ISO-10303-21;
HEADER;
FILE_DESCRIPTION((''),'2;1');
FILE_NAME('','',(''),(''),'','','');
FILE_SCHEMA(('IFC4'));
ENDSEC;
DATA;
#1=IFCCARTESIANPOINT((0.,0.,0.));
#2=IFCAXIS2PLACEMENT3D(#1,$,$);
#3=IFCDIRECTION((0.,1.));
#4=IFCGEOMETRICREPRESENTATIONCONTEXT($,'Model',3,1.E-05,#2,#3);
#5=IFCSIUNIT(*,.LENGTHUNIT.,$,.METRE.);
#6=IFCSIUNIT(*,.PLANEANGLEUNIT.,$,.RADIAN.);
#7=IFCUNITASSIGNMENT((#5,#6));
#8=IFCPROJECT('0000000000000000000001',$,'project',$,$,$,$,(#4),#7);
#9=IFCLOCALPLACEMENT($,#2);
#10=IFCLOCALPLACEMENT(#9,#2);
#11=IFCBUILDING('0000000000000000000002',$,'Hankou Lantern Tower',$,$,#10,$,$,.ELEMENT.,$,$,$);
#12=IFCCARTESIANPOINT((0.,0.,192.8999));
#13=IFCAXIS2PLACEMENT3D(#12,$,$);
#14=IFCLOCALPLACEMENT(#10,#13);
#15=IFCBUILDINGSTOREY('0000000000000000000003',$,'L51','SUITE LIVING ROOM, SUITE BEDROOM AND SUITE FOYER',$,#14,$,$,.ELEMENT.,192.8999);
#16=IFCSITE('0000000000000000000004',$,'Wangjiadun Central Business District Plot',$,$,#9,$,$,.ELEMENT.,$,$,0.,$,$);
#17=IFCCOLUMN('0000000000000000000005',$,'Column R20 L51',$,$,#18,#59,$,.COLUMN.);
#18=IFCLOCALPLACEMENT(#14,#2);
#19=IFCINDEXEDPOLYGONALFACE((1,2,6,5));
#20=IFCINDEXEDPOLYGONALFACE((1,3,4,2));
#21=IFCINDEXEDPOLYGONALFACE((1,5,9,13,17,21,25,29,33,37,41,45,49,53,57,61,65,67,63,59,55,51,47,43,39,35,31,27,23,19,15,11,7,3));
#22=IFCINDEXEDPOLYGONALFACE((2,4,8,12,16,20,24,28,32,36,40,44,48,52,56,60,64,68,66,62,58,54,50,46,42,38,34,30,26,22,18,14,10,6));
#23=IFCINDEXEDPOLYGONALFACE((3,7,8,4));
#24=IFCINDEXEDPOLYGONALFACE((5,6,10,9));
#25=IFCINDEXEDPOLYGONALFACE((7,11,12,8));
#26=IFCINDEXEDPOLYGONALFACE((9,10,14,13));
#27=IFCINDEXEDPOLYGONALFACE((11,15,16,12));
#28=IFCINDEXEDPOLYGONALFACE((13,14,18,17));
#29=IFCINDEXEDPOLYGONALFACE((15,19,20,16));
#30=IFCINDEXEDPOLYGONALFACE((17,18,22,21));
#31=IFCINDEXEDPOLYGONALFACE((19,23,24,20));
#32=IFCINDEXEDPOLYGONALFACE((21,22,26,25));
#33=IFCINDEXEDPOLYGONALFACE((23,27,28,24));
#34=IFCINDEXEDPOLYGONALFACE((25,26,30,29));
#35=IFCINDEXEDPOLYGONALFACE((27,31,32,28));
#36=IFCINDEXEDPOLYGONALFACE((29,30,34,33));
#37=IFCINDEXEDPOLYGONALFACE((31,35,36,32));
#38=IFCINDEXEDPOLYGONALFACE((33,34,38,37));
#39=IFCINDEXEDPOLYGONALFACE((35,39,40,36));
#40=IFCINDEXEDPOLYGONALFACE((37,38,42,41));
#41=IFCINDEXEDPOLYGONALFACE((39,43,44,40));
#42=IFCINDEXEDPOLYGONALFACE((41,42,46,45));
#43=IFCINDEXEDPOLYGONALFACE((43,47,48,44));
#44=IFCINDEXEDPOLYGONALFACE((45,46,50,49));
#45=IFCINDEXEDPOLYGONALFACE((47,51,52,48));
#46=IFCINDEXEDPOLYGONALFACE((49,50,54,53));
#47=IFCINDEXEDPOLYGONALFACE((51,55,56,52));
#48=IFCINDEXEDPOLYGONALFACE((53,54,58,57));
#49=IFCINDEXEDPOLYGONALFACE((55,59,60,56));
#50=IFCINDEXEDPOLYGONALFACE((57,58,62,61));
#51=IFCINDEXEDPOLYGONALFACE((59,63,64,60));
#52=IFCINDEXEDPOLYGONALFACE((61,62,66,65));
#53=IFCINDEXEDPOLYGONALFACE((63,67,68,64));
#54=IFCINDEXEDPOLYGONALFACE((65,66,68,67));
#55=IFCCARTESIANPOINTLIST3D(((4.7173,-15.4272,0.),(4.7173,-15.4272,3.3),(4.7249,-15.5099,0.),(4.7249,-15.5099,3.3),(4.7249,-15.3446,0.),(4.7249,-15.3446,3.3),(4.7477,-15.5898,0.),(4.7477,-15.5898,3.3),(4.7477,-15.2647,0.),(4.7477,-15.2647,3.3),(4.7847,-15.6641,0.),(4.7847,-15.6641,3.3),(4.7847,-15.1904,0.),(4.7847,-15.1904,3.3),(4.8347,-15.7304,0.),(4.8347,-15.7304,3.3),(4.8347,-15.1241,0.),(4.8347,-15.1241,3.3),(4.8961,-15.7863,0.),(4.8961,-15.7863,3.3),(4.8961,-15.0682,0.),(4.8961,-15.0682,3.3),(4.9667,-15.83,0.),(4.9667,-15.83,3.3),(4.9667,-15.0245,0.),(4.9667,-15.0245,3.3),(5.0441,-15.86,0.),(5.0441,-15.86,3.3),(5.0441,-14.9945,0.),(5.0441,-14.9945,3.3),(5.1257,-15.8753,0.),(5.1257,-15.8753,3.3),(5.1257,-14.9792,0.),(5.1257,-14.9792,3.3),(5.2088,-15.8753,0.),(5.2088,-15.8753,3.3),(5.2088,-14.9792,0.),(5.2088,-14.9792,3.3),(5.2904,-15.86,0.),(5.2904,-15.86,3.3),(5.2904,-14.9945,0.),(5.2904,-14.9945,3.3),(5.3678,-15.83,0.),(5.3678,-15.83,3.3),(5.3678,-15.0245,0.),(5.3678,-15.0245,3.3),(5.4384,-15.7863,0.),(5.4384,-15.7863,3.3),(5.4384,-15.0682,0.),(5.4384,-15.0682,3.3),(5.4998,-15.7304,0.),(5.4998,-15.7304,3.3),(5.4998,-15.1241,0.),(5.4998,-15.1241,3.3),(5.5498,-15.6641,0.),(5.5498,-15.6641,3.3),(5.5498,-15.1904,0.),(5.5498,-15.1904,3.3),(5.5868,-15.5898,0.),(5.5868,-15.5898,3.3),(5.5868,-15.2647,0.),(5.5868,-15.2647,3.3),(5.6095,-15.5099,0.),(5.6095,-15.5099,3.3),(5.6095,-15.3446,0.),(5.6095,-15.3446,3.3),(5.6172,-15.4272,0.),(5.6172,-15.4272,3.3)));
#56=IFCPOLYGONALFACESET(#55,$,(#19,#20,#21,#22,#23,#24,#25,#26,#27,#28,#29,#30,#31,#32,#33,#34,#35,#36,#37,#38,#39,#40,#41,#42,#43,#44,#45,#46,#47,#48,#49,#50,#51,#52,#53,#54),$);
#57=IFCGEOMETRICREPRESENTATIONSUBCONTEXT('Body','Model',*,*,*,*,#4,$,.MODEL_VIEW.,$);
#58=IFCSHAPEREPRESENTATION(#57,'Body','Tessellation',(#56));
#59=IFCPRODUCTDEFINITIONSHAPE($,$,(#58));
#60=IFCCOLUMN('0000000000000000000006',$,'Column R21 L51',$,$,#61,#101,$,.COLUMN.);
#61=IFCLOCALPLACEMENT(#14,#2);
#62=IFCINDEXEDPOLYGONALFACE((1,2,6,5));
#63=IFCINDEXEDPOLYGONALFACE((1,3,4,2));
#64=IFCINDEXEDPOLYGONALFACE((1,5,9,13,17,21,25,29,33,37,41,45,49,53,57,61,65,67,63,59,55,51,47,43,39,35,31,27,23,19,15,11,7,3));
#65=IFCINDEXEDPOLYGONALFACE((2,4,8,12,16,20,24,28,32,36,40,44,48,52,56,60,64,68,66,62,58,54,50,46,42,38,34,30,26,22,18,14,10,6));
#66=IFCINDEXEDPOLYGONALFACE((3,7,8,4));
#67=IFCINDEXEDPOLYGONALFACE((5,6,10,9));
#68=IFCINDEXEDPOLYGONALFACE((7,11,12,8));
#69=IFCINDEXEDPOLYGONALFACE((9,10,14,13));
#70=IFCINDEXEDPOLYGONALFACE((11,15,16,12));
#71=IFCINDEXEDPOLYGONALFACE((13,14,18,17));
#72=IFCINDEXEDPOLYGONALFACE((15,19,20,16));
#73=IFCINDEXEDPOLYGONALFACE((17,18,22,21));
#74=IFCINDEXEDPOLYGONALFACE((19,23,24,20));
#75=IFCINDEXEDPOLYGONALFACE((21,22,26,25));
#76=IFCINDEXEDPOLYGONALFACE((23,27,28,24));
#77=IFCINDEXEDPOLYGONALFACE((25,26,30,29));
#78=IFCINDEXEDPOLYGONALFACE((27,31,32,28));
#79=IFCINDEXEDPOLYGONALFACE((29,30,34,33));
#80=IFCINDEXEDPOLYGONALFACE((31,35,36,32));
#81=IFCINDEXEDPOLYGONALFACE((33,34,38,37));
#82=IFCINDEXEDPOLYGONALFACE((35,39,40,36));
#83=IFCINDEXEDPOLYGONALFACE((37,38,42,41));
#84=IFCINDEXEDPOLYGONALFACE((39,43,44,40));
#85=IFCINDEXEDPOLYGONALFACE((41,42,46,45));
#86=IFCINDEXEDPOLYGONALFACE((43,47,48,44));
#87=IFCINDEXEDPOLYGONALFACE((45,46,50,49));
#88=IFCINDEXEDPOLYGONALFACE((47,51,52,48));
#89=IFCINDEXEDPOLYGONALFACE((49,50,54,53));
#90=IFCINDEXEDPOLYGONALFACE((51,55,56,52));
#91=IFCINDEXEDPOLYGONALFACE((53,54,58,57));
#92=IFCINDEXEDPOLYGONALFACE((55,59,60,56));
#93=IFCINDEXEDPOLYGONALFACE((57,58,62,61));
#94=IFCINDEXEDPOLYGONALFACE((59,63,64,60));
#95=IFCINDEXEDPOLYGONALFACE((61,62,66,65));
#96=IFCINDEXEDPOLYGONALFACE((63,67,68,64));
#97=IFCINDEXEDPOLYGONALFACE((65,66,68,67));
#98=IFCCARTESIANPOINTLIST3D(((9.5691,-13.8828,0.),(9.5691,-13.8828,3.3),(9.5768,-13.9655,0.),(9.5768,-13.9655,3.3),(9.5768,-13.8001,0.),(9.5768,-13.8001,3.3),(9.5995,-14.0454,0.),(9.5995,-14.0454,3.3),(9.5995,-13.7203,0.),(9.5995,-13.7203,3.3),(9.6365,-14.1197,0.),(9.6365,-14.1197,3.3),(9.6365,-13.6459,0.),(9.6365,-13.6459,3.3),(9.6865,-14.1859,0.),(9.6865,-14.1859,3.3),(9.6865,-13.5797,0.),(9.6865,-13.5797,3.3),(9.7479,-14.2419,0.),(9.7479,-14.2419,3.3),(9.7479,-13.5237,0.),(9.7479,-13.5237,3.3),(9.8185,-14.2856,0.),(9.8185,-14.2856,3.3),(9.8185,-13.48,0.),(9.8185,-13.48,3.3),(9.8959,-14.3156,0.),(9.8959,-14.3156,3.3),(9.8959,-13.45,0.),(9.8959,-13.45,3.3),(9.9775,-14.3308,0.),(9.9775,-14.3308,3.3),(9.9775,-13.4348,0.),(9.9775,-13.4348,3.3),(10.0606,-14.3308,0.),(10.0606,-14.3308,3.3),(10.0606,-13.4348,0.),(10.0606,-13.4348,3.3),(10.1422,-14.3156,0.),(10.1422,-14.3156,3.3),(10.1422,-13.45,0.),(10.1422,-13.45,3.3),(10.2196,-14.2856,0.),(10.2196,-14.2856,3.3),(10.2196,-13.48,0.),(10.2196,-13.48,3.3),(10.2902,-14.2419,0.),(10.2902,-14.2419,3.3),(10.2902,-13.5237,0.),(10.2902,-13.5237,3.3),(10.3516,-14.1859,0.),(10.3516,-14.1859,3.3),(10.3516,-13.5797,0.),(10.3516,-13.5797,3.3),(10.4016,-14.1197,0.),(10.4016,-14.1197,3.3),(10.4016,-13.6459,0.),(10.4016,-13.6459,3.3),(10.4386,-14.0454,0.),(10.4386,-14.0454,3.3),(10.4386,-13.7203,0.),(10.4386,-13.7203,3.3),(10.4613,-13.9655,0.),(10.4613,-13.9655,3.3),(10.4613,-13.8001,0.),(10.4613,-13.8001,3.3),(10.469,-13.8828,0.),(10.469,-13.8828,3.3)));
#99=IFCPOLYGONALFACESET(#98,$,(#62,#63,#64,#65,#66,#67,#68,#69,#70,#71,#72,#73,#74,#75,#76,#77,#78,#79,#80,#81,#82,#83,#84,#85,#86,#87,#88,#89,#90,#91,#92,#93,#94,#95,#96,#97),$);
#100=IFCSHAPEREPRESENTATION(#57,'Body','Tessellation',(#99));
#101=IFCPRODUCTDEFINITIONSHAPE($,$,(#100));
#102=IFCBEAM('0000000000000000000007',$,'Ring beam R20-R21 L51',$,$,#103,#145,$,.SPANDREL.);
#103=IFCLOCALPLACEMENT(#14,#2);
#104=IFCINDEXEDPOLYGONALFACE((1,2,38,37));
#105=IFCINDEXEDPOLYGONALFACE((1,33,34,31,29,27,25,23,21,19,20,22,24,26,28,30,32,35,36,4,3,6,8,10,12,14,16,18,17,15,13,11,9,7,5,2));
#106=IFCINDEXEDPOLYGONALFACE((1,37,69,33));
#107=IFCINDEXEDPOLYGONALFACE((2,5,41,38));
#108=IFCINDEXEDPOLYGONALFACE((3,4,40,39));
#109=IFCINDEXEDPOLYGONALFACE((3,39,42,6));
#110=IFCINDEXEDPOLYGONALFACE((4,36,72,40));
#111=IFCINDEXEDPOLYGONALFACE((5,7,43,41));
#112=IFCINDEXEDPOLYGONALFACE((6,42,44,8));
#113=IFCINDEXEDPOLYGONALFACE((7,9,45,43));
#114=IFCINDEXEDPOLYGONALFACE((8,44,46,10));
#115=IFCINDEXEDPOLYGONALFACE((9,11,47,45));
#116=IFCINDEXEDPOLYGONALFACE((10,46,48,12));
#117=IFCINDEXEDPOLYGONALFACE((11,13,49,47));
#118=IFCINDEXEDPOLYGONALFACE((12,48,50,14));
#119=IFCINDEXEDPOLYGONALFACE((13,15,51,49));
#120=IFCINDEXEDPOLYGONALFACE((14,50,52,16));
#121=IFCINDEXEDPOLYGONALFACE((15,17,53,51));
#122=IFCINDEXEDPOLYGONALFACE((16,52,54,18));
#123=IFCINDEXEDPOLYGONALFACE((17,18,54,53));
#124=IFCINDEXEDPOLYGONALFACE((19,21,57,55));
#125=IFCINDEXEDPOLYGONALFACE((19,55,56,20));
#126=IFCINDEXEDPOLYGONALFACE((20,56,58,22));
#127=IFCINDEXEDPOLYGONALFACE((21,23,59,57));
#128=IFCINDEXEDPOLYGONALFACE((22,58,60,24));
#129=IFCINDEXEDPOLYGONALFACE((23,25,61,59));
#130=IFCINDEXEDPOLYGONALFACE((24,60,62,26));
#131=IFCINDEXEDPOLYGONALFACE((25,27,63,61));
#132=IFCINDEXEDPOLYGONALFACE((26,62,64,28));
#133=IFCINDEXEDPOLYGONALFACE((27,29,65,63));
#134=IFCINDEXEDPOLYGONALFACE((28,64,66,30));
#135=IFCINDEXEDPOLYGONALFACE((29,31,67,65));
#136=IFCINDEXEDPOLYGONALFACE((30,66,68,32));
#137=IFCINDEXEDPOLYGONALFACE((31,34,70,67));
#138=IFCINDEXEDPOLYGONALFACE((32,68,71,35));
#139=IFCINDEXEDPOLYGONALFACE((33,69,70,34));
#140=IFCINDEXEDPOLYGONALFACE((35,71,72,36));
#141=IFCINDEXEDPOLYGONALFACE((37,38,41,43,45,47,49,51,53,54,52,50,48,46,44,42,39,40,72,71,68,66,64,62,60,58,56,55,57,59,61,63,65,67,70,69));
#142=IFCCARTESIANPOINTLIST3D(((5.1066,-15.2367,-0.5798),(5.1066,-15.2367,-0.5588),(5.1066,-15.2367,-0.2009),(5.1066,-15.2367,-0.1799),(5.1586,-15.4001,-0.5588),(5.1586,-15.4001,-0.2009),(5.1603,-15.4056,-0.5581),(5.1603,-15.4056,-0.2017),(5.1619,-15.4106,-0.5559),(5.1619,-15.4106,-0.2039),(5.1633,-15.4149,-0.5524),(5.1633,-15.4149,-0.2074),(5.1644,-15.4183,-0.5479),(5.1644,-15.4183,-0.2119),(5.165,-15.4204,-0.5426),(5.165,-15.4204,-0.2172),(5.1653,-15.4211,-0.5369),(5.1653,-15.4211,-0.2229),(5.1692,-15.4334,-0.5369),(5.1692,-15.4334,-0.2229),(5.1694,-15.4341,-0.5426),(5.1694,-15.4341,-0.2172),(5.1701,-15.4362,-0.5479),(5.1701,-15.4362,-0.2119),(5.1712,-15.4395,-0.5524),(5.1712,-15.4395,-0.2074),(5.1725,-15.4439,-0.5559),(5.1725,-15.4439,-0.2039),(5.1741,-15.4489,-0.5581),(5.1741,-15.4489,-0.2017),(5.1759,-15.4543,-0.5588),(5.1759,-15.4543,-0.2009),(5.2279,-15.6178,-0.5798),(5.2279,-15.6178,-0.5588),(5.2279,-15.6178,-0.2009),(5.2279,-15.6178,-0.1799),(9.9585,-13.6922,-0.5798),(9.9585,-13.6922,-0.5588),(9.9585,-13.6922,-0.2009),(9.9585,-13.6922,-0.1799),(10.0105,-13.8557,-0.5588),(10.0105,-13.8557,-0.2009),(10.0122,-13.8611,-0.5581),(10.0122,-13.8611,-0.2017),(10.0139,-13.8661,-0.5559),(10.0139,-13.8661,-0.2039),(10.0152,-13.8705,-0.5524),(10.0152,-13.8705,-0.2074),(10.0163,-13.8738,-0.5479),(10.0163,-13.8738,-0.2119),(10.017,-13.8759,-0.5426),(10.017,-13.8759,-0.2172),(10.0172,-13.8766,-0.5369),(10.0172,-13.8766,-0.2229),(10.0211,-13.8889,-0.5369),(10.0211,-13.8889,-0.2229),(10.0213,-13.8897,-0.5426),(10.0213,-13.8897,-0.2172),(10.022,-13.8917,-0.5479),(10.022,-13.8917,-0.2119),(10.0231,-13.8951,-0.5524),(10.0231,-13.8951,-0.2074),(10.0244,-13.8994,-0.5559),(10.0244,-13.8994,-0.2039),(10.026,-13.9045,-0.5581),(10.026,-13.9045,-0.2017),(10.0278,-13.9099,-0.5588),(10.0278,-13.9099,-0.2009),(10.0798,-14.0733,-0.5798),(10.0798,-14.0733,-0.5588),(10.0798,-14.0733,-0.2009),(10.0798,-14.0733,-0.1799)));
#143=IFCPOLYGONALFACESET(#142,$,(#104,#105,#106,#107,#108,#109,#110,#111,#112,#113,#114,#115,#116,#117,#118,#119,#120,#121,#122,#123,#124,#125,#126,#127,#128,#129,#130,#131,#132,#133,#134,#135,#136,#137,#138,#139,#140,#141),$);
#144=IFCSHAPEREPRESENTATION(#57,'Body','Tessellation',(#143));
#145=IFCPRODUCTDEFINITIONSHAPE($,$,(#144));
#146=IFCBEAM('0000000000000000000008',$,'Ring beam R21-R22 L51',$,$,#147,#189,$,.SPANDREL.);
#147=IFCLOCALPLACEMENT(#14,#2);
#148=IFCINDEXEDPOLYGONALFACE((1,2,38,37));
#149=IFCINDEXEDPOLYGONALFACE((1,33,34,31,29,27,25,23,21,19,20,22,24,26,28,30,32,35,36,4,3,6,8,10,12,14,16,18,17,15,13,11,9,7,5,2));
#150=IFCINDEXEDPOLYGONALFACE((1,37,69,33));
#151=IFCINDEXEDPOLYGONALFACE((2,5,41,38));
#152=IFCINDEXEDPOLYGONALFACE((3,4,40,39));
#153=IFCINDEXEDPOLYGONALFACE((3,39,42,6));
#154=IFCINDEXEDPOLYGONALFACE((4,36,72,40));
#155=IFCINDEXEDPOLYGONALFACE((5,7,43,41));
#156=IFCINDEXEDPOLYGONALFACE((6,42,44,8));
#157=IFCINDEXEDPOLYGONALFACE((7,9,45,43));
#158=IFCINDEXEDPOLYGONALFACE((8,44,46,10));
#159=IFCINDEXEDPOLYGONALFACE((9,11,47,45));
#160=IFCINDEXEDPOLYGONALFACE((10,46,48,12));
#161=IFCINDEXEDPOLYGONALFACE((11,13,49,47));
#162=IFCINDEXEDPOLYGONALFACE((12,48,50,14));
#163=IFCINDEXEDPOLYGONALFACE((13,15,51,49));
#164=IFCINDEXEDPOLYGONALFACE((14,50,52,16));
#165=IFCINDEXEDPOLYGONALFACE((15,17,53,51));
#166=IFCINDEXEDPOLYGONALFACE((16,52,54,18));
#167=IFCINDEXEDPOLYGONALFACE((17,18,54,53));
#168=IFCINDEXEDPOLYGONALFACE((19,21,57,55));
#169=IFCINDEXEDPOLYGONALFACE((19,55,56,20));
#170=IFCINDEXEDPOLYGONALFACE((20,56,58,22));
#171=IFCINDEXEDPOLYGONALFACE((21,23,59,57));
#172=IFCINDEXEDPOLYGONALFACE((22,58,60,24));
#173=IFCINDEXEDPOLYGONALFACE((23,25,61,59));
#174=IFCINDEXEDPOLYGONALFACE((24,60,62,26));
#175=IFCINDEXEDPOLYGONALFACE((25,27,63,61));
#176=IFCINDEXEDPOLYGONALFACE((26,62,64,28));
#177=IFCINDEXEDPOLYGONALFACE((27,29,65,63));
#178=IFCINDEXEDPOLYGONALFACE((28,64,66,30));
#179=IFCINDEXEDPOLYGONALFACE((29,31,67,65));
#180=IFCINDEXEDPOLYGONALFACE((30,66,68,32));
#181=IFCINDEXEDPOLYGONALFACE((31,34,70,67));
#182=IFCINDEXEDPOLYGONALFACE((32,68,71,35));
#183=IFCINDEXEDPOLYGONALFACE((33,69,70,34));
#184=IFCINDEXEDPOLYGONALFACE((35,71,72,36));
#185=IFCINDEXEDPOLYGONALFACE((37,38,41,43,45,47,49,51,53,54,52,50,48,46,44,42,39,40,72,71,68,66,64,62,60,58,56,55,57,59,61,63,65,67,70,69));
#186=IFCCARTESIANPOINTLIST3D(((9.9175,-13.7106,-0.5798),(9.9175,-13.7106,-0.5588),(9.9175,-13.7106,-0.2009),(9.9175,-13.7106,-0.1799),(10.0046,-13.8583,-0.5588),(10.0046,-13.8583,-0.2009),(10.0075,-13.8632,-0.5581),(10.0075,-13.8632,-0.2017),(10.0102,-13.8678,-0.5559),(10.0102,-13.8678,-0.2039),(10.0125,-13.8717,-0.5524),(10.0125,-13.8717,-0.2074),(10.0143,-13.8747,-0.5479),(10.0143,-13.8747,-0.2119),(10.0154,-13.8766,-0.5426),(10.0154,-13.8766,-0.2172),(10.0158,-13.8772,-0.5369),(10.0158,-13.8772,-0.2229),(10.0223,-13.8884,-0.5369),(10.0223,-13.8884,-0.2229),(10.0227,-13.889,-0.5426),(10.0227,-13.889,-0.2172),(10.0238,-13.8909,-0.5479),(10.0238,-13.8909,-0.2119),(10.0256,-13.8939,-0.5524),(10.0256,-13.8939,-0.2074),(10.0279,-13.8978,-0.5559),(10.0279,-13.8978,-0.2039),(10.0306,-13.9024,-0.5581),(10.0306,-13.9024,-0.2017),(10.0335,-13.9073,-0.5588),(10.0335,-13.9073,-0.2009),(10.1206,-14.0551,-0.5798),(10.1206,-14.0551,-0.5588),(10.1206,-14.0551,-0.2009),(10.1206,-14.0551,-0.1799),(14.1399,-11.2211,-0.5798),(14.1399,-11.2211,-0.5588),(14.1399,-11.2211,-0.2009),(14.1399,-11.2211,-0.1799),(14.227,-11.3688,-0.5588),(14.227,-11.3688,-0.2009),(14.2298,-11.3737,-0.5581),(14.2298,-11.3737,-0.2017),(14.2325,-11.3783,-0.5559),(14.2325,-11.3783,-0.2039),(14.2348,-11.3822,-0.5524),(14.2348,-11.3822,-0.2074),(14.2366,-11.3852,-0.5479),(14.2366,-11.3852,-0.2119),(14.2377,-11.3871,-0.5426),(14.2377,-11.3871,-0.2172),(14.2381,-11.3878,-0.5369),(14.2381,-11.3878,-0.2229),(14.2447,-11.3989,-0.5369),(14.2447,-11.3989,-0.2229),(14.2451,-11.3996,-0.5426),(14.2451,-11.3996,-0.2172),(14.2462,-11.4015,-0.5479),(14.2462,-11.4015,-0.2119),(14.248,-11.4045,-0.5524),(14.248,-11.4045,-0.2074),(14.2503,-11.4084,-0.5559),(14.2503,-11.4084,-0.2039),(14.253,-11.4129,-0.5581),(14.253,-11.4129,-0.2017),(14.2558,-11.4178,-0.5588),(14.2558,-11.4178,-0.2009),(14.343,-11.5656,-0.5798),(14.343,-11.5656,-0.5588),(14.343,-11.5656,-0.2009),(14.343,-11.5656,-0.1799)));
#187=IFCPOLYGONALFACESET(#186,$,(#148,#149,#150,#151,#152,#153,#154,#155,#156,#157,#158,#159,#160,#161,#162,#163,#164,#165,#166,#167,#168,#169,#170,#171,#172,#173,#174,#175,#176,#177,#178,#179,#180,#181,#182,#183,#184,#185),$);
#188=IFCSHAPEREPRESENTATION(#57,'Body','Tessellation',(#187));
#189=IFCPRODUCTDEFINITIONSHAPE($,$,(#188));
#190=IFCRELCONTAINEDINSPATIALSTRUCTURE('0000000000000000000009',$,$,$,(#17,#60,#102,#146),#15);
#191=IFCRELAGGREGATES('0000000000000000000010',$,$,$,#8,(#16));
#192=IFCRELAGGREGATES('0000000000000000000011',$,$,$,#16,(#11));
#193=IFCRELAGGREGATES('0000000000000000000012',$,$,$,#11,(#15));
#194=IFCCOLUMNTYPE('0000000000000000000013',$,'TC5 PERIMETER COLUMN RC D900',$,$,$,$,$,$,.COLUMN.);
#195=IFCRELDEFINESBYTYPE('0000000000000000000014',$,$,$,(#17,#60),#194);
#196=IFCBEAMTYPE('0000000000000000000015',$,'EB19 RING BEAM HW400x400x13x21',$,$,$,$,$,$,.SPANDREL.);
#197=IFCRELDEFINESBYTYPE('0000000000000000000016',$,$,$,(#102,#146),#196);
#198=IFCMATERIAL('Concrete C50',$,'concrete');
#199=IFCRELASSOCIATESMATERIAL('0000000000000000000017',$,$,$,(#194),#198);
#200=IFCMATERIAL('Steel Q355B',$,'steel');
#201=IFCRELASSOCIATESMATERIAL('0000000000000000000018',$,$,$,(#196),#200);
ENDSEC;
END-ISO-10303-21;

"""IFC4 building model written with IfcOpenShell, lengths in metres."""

from ifc_helpers import new_model, si_unit, direction, frame, origin, origin_2d, place, context, subcontext, project, spatial, circle, i_section, extrude, material, material_profile, profile_set, type_object, element, save


model = new_model("IFC4")

# Units and contexts
model_context = context("Model", 3, precision=1e-05, world=origin(), true_north=direction((0.0, 1.0)))
body_context = subcontext(model_context, "Body", "Model", "MODEL_VIEW")
ifc_project = project(units=[si_unit("LENGTHUNIT", "METRE"), si_unit("PLANEANGLEUNIT", "RADIAN")], contexts=[model_context])

# Site, building, storey
site_placement = place(None, origin())
site = spatial("IfcSite", under=ifc_project, at=site_placement, Name="Wangjiadun Central Business District Plot", CompositionType="ELEMENT", RefElevation=0.0)
building_placement = place(site_placement, origin())
building = spatial("IfcBuilding", under=site, at=building_placement, Name="Hankou Lantern Tower", CompositionType="ELEMENT")
storey_placement = place(building_placement, frame((0.0, 0.0, 192.8999)))
storey = spatial("IfcBuildingStorey", under=building, at=storey_placement, Name="L51", Description="SUITE LIVING ROOM, SUITE BEDROOM AND SUITE FOYER", CompositionType="ELEMENT", Elevation=192.8999)

# Columns
ifc_material_1 = material(Name="Concrete C50", Category="concrete")
ifc_material_profile_1 = material_profile(ifc_material_1, circle(Radius=0.45, at=origin_2d()), Name="RC D900")
ifc_profile_set_1 = profile_set([ifc_material_profile_1], Name="Concrete C50")
column_type = type_object("IfcColumnType", Name="TC5 PERIMETER COLUMN RC D900", PredefinedType="COLUMN", material=ifc_profile_set_1)
for number, where, z_axis, x_axis, name in (
    (1, (5.1672, -15.4272, 0.0), (0.0, 0.0, 1.0), (1.0, 0.0, 0.0), "Column R20 L51"),
    (2, (10.019, -13.8828, 0.0), (0.0, 0.0, 1.0), (1.0, 0.0, 0.0), "Column R21 L51"),
):
    element("IfcColumn", number, at=place(storey_placement, frame(where, z_axis=z_axis, x_axis=x_axis)), inside=storey, type_object=column_type, Name=name, PredefinedType="COLUMN", context=body_context, shape_type="SweptSolid", body=[
        extrude(circle(Radius=0.45, at=origin_2d()), origin(), (0.0, 0.0, 1.0), 3.3),
    ])

# Beams
ifc_material_2 = material(Name="Steel Q355B", Category="steel")
ifc_material_profile_2 = material_profile(ifc_material_2, i_section(OverallWidth=0.3999, OverallDepth=0.3999, WebThickness=0.0129, FlangeThickness=0.021, FilletRadius=0.022, at=origin_2d()), Name="HW400x400x13x21")
ifc_profile_set_2 = profile_set([ifc_material_profile_2], Name="Steel Q355B")
beam_type_1 = type_object("IfcBeamType", Name="EB19 RING BEAM HW400x400x13x21", PredefinedType="SPANDREL", material=ifc_profile_set_2)
beam_1_placement = place(storey_placement, frame((5.1672, -15.4272, -0.3799), z_axis=(0.952887, 0.303324, 0.0), x_axis=(-0.303324, 0.952887, 0.0)))
element("IfcBeam", 3, at=beam_1_placement, inside=storey, type_object=beam_type_1, Name="Ring beam R20-R21 L51", PredefinedType="SPANDREL", context=body_context, shape_type="SweptSolid", body=[
    extrude(i_section(OverallWidth=0.3999, OverallDepth=0.3999, WebThickness=0.0129, FlangeThickness=0.021, FilletRadius=0.022, at=origin_2d()), origin(), (0.0, 0.0, 1.0), 5.0918),
])
beam_2_placement = place(storey_placement, frame((10.019, -13.8828, -0.3799), z_axis=(0.861423, 0.507888, 0.0), x_axis=(-0.507888, 0.861423, 0.0)))
element("IfcBeam", 4, at=beam_2_placement, inside=storey, type_object=beam_type_1, Name="Ring beam R21-R22 L51", PredefinedType="SPANDREL", context=body_context, shape_type="SweptSolid", body=[
    extrude(i_section(OverallWidth=0.3999, OverallDepth=0.3999, WebThickness=0.0129, FlangeThickness=0.021, FilletRadius=0.022, at=origin_2d()), origin(), (0.0, 0.0, 1.0), 4.9016),
])

save(model, "model.ifc")
